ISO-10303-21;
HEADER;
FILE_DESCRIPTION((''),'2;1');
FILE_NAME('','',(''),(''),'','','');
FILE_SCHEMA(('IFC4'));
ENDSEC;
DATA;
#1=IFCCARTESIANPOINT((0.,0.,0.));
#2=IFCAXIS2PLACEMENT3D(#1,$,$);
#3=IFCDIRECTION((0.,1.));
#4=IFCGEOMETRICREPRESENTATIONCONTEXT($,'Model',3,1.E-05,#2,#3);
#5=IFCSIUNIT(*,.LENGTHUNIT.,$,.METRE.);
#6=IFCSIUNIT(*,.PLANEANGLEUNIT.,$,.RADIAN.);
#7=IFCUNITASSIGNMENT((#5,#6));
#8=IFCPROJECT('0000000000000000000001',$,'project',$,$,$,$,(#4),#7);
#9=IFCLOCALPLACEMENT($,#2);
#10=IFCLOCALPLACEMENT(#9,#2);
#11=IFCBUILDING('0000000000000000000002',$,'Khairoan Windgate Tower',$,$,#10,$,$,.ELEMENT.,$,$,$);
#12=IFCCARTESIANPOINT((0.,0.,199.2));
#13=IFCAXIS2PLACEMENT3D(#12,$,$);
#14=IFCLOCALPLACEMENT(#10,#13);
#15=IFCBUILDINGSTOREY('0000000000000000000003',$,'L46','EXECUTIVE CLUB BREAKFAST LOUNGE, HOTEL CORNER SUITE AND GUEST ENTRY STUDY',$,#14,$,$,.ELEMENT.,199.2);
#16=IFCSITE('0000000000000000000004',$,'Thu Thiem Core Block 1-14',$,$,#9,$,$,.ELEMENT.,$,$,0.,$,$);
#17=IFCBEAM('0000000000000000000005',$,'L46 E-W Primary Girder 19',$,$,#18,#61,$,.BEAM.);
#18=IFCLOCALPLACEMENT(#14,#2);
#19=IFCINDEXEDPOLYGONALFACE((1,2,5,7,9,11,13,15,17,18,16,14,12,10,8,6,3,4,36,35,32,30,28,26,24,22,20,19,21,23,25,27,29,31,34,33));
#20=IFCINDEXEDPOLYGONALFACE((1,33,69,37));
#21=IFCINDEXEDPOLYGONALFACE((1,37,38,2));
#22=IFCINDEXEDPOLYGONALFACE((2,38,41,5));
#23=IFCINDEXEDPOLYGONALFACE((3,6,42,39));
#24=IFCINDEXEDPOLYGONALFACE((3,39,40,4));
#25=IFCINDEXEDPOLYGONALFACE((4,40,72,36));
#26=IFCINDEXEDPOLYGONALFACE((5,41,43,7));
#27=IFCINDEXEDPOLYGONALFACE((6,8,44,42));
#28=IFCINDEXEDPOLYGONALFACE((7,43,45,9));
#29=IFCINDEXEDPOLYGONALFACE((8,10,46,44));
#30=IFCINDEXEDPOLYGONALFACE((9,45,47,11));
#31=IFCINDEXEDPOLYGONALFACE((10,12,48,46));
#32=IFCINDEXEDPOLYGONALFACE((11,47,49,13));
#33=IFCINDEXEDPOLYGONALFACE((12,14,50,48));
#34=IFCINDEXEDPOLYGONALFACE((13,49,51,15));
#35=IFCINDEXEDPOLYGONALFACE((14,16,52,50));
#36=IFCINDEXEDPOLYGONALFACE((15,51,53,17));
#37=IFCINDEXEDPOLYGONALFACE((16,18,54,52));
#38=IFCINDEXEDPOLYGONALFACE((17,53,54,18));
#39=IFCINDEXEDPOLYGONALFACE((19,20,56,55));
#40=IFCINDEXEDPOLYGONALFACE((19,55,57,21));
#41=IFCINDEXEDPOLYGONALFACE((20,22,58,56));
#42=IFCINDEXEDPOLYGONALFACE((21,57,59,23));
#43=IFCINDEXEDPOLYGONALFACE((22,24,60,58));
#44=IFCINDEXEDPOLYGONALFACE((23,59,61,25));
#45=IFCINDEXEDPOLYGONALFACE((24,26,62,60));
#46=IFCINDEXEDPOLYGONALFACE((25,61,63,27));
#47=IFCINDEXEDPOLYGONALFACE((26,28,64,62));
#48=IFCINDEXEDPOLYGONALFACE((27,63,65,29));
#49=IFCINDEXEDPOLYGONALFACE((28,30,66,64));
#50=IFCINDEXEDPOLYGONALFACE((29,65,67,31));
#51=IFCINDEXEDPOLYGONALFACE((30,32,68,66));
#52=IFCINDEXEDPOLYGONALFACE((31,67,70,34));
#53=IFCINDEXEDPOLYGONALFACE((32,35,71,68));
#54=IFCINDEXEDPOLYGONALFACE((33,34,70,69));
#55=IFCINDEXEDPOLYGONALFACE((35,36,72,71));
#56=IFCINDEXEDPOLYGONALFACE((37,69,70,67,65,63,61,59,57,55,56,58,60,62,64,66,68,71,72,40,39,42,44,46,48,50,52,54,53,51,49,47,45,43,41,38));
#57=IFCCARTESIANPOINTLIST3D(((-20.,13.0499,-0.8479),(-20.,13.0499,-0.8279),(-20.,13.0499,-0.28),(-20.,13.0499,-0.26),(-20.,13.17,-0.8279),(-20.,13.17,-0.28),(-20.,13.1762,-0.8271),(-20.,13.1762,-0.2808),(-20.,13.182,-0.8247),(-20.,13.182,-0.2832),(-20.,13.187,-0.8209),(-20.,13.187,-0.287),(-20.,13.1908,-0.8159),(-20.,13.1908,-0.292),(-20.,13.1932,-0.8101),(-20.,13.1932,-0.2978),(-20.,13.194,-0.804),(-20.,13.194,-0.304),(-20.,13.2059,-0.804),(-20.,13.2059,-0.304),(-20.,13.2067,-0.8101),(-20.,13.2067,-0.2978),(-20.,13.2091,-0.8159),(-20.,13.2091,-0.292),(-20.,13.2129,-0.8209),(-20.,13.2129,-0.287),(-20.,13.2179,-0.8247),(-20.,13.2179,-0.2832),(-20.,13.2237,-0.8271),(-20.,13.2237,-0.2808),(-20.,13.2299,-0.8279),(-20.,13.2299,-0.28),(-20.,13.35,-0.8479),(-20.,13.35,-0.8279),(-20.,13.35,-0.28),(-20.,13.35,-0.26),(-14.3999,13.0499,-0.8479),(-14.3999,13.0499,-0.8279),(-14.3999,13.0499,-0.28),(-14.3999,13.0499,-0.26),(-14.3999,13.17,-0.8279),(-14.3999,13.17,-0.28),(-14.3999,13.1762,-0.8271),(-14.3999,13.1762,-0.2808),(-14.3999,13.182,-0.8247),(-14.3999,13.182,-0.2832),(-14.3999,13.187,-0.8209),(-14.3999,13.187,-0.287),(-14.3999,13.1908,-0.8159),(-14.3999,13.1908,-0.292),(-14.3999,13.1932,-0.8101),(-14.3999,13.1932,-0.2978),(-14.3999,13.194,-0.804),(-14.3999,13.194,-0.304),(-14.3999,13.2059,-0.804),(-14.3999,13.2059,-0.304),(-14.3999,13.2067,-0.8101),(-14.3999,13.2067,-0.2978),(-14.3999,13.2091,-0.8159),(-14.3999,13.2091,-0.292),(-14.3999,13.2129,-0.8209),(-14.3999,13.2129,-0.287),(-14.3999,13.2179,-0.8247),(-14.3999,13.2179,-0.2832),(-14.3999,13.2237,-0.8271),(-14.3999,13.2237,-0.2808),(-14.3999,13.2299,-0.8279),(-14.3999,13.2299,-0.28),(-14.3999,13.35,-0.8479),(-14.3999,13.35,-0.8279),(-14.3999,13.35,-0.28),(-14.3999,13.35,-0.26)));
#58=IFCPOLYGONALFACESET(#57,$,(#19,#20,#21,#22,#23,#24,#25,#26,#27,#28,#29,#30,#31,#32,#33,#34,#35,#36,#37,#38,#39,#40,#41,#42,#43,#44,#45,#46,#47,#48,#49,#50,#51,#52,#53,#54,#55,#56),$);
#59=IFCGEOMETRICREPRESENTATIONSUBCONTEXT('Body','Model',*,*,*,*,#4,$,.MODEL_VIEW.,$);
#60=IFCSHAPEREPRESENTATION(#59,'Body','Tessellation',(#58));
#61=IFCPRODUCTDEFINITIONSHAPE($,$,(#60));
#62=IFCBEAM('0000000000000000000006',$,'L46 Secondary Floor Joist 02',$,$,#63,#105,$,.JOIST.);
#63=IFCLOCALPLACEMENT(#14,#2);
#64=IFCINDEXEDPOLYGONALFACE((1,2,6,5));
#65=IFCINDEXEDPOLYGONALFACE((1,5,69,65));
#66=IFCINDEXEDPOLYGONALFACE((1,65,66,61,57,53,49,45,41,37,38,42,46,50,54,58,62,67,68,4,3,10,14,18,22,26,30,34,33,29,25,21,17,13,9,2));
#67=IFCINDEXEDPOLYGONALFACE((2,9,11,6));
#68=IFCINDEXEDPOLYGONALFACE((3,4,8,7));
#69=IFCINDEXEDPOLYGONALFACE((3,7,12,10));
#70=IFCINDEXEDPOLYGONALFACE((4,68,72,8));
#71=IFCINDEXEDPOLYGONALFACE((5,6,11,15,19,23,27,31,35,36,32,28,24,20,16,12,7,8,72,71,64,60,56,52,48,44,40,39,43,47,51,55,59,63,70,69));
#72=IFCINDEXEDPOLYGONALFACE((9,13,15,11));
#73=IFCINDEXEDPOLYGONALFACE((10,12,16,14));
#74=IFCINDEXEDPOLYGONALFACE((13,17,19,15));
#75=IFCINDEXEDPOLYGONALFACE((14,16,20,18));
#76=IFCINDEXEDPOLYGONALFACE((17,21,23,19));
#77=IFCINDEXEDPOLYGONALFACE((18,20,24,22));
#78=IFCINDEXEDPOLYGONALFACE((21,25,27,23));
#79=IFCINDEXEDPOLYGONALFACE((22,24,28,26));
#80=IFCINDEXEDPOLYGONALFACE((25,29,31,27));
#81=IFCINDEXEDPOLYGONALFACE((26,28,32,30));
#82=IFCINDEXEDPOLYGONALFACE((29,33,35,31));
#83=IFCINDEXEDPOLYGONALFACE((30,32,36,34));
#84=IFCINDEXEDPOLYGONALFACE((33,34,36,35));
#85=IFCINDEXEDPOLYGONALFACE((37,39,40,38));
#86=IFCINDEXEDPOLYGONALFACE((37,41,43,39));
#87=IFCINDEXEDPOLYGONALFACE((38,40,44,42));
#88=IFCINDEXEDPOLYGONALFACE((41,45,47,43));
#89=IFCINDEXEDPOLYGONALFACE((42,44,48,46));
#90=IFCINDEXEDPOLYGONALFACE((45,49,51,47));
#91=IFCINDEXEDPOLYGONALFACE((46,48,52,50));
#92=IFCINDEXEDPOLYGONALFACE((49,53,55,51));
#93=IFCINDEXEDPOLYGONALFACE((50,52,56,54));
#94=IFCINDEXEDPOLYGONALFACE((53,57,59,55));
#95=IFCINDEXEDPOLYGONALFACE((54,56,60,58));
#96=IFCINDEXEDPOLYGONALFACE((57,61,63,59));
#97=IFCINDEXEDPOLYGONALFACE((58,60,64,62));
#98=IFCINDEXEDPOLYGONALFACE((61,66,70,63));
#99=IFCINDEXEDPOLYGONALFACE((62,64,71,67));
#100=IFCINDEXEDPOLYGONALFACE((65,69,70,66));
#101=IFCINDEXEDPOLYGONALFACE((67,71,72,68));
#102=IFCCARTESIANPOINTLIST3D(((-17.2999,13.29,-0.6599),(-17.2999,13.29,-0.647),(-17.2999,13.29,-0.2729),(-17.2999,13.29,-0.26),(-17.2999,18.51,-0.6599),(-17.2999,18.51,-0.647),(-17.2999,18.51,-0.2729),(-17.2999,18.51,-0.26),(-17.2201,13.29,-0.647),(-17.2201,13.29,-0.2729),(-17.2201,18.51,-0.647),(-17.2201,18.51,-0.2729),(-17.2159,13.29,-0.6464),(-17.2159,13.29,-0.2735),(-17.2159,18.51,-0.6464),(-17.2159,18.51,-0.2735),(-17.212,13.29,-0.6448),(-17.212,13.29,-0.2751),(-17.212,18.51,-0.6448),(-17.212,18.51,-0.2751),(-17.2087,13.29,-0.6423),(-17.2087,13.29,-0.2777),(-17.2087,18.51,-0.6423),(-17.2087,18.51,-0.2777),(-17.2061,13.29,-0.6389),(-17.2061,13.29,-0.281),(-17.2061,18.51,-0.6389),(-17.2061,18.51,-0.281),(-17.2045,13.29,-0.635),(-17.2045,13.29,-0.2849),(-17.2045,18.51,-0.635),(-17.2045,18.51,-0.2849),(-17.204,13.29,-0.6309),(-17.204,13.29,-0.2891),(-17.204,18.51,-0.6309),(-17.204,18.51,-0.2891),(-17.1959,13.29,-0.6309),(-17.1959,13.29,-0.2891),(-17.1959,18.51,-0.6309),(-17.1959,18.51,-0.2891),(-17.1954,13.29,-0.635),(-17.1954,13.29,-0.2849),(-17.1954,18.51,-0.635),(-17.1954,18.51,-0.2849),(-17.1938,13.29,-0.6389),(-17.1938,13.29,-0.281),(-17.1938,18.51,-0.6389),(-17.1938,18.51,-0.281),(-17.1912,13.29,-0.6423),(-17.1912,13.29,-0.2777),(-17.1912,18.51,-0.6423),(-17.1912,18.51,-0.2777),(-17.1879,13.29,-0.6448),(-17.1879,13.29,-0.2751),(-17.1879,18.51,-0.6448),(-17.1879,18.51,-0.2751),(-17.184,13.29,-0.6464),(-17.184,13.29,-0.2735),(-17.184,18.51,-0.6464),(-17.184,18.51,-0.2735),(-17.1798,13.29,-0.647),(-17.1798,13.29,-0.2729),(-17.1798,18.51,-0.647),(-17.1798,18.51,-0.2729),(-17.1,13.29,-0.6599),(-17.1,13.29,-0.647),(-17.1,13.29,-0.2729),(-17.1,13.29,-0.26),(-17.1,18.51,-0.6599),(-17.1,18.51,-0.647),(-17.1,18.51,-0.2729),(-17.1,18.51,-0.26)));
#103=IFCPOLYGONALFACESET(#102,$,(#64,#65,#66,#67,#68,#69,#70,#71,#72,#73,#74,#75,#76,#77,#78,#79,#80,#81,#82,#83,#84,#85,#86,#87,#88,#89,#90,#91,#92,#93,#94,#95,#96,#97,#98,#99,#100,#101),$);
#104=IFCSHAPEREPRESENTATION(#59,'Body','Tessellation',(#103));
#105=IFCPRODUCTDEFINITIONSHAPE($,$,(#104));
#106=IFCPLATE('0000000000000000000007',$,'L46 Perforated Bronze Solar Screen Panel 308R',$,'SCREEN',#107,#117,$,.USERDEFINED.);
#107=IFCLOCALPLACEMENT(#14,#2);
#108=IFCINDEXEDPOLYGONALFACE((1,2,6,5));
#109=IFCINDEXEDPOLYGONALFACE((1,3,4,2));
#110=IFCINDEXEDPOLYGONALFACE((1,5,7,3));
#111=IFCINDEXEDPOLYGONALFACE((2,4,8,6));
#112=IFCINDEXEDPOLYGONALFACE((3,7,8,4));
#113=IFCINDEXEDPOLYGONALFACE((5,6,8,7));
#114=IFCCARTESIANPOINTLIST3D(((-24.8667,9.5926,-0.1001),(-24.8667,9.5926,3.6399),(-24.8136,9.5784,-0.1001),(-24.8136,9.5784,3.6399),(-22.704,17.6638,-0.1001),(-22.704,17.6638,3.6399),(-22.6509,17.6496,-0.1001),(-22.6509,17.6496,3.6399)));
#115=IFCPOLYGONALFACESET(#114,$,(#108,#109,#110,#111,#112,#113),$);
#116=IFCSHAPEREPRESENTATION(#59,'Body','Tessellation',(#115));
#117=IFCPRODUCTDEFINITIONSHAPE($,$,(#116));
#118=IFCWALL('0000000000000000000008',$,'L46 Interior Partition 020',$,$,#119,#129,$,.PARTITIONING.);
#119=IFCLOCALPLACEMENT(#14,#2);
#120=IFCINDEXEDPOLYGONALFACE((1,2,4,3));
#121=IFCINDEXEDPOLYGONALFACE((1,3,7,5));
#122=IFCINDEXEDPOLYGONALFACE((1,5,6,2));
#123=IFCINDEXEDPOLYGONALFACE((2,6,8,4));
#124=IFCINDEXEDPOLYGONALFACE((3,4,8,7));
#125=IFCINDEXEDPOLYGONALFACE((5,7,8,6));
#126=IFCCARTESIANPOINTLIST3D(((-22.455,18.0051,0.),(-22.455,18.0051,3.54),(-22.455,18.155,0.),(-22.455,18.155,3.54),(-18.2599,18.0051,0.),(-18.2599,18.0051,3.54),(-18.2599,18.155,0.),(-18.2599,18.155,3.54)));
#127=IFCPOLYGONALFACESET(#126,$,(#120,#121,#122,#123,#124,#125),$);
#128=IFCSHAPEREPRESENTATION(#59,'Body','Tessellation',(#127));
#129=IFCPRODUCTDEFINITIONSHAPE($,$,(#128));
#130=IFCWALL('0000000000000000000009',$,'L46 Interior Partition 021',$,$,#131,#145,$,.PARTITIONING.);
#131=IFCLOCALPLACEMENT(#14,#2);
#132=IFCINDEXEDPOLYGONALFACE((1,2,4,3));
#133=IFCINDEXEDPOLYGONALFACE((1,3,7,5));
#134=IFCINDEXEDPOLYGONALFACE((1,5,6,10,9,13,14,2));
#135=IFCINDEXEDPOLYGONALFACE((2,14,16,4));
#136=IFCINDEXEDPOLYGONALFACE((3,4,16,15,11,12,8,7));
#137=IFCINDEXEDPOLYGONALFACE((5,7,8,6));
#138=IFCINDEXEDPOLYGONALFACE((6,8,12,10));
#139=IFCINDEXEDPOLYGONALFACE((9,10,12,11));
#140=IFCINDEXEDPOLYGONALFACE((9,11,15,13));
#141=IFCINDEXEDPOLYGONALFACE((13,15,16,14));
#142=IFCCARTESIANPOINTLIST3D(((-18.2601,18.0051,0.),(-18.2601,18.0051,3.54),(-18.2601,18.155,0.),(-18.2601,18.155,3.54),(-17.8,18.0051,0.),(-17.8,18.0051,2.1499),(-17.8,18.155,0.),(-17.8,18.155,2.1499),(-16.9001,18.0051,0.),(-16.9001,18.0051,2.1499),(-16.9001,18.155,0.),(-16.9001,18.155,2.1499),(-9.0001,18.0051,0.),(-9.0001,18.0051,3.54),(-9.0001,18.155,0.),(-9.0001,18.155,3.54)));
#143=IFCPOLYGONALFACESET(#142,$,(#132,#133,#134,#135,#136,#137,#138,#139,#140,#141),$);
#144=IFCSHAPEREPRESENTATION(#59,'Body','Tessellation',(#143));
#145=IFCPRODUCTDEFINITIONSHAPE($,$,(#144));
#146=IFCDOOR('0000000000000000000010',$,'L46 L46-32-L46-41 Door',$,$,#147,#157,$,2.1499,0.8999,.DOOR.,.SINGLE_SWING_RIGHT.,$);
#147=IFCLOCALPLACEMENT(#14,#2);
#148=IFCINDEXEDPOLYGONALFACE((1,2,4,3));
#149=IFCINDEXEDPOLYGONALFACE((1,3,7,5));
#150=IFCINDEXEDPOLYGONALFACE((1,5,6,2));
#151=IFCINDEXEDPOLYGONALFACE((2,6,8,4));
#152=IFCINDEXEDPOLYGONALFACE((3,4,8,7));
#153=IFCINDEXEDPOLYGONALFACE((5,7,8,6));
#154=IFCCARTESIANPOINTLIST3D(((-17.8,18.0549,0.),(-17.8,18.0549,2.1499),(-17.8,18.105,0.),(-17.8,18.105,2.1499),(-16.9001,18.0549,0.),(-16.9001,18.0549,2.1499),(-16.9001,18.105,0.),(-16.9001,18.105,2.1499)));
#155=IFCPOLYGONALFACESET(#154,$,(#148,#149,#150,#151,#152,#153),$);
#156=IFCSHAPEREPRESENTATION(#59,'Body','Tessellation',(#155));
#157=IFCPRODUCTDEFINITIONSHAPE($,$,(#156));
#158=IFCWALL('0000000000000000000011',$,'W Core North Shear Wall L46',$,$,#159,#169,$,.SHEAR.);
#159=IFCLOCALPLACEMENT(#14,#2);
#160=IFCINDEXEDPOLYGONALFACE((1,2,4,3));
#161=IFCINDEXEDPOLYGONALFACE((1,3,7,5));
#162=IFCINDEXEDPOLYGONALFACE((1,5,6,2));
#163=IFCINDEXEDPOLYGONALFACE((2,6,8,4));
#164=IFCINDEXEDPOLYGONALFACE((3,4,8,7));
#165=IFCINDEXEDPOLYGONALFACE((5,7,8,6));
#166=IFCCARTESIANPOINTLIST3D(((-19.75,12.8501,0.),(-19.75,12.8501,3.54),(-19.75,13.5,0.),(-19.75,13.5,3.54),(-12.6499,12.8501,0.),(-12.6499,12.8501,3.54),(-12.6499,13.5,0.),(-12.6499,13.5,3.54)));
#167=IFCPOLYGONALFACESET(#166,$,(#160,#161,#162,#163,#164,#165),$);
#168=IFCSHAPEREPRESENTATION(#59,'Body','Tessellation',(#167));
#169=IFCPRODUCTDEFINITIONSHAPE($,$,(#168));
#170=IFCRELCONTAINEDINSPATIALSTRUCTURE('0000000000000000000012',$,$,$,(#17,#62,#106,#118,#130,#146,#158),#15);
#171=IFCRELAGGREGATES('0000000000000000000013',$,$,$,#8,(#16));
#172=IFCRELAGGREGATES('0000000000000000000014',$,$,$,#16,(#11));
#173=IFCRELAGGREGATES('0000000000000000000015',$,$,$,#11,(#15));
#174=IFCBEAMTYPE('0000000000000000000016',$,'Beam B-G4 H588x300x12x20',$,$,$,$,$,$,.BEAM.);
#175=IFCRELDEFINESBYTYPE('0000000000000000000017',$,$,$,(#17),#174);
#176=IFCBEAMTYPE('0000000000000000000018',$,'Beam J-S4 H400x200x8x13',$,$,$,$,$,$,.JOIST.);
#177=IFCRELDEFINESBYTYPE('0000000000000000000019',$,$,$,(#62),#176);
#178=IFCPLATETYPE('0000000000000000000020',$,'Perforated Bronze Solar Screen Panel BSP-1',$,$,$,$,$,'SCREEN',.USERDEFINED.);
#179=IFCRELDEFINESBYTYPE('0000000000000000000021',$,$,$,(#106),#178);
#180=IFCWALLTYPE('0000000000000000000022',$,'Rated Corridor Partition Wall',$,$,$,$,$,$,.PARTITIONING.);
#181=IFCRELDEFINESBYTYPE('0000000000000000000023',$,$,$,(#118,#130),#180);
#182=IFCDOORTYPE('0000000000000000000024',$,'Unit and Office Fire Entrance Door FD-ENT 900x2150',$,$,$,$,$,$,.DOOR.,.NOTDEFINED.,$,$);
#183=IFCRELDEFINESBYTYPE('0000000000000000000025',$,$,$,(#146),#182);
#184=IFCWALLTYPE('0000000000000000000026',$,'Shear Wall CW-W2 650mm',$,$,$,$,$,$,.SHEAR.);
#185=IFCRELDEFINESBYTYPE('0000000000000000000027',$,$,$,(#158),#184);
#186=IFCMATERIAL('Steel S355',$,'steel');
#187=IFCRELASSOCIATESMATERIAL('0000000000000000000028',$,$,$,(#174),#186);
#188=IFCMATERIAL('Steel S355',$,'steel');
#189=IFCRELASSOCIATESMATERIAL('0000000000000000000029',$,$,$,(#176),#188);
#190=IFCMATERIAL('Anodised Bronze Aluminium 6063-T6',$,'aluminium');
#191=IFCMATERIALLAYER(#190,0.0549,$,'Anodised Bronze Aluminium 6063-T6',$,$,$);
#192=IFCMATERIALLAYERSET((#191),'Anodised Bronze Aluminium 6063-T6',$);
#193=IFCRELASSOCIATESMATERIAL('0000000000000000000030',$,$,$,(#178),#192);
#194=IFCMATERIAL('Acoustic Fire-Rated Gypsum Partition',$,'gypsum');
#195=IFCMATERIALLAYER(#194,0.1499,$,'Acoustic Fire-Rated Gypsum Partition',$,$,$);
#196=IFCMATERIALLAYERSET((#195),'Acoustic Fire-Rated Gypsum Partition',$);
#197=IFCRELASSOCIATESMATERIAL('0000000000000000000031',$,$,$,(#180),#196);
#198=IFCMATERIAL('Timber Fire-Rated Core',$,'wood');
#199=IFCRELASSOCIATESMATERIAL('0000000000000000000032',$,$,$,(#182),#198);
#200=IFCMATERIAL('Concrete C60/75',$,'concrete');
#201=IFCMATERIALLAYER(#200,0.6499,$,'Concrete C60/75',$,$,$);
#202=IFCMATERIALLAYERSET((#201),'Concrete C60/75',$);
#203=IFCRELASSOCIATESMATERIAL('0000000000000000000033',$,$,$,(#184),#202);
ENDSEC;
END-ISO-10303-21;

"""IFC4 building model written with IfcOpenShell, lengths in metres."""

from ifc_helpers import new_model, si_unit, direction, frame, frame_2d, origin, origin_2d, place, context, subcontext, project, spatial, rectangle, i_section, extrude, material, layer, layer_set, material_profile, profile_set, type_object, element, fill, save


model = new_model("IFC4")

# Units and contexts
model_context = context("Model", 3, precision=1e-05, world=origin(), true_north=direction((0.0, 1.0)))
body_context = subcontext(model_context, "Body", "Model", "MODEL_VIEW")
ifc_project = project(units=[si_unit("LENGTHUNIT", "METRE"), si_unit("PLANEANGLEUNIT", "RADIAN")], contexts=[model_context])

# Site, building, storey
site_placement = place(None, origin())
site = spatial("IfcSite", under=ifc_project, at=site_placement, Name="Thu Thiem Core Block 1-14", CompositionType="ELEMENT", RefElevation=0.0)
building_placement = place(site_placement, origin())
building = spatial("IfcBuilding", under=site, at=building_placement, Name="Khairoan Windgate Tower", CompositionType="ELEMENT")
storey_placement = place(building_placement, frame((0.0, 0.0, 199.2)))
storey = spatial("IfcBuildingStorey", under=building, at=storey_placement, Name="L46", Description="EXECUTIVE CLUB BREAKFAST LOUNGE, HOTEL CORNER SUITE AND GUEST ENTRY STUDY", CompositionType="ELEMENT", Elevation=199.2)

# Beams
ifc_material_1 = material(Name="Steel S355", Category="steel")
ifc_material_profile_1 = material_profile(ifc_material_1, i_section(OverallWidth=0.3, OverallDepth=0.5879, WebThickness=0.012, FlangeThickness=0.02, FilletRadius=0.0239, at=origin_2d()))
ifc_profile_set_1 = profile_set([ifc_material_profile_1], Name="Steel S355")
beam_type_1 = type_object("IfcBeamType", Name="Beam B-G4 H588x300x12x20", PredefinedType="BEAM", material=ifc_profile_set_1)
beam_1_placement = place(storey_placement, frame((-20.0, 13.2, -0.554), z_axis=(1.0, 0.0, 0.0), x_axis=(0.0, 1.0, 0.0)))
element("IfcBeam", 1, at=beam_1_placement, inside=storey, type_object=beam_type_1, Name="L46 E-W Primary Girder 19", PredefinedType="BEAM", context=body_context, shape_type="SweptSolid", body=[
    extrude(i_section(OverallWidth=0.3, OverallDepth=0.5879, WebThickness=0.012, FlangeThickness=0.02, FilletRadius=0.0239, at=origin_2d()), origin(), (0.0, 0.0, 1.0), 5.6001),
])
ifc_material_2 = material(Name="Steel S355", Category="steel")
ifc_material_profile_2 = material_profile(ifc_material_2, i_section(OverallWidth=0.2, OverallDepth=0.3999, WebThickness=0.0081, FlangeThickness=0.0129, FilletRadius=0.0161, at=origin_2d()))
ifc_profile_set_2 = profile_set([ifc_material_profile_2], Name="Steel S355")
beam_type_2 = type_object("IfcBeamType", Name="Beam J-S4 H400x200x8x13", PredefinedType="JOIST", material=ifc_profile_set_2)
beam_2_placement = place(storey_placement, frame((-17.2, 13.29, -0.46), z_axis=(0.0, 1.0, 0.0), x_axis=(-1.0, 0.0, 0.0)))
element("IfcBeam", 2, at=beam_2_placement, inside=storey, type_object=beam_type_2, Name="L46 Secondary Floor Joist 02", PredefinedType="JOIST", context=body_context, shape_type="SweptSolid", body=[
    extrude(i_section(OverallWidth=0.2, OverallDepth=0.3999, WebThickness=0.0081, FlangeThickness=0.0129, FilletRadius=0.0161, at=origin_2d()), origin(), (0.0, 0.0, 1.0), 5.22),
])

# Plate
ifc_material_3 = material(Name="Anodised Bronze Aluminium 6063-T6", Category="aluminium")
ifc_layer_1 = layer(ifc_material_3, 0.0549, Name="Anodised Bronze Aluminium 6063-T6")
ifc_layer_set_1 = layer_set([ifc_layer_1], Name="Anodised Bronze Aluminium 6063-T6")
plate_type = type_object("IfcPlateType", Name="Perforated Bronze Solar Screen Panel BSP-1", ElementType="SCREEN", PredefinedType="USERDEFINED", material=ifc_layer_set_1)
plate_placement = place(storey_placement, frame((-23.7588, 13.6211, -0.1001), z_axis=(0.0, 0.0, 1.0), x_axis=(0.258819, 0.965926, 0.0)))
element("IfcPlate", 3, at=plate_placement, inside=storey, type_object=plate_type, Name="L46 Perforated Bronze Solar Screen Panel 308R", ObjectType="SCREEN", PredefinedType="USERDEFINED", context=body_context, shape_type="SweptSolid", body=[
    extrude(rectangle(XDim=8.356, YDim=0.0549, at=origin_2d()), origin(), (0.0, 0.0, 1.0), 3.74),
])

# Wall
ifc_material_4 = material(Name="Acoustic Fire-Rated Gypsum Partition", Category="gypsum")
ifc_layer_2 = layer(ifc_material_4, 0.1499, Name="Acoustic Fire-Rated Gypsum Partition")
ifc_layer_set_2 = layer_set([ifc_layer_2], Name="Acoustic Fire-Rated Gypsum Partition")
wall_type_1 = type_object("IfcWallType", Name="Rated Corridor Partition Wall", PredefinedType="PARTITIONING", material=ifc_layer_set_2)
wall_1_placement = place(storey_placement, frame((-22.4551, 18.0801, 0.0), z_axis=(0.0, 0.0, 1.0), x_axis=(1.0, 0.0, 0.0)))
element("IfcWall", 4, at=wall_1_placement, inside=storey, type_object=wall_type_1, Name="L46 Interior Partition 020", PredefinedType="PARTITIONING", context=body_context, shape_type="SweptSolid", body=[
    extrude(rectangle(XDim=4.1951, YDim=0.1499, at=frame_2d((2.0977, 0.0))), origin(), (0.0, 0.0, 1.0), 3.54),
])

# Wall, opening, door
wall_2_placement = place(storey_placement, frame((-18.26, 18.0801, 0.0), z_axis=(0.0, 0.0, 1.0), x_axis=(1.0, 0.0, 0.0)))
wall_2 = element("IfcWall", 5, at=wall_2_placement, inside=storey, type_object=wall_type_1, Name="L46 Interior Partition 021", PredefinedType="PARTITIONING", context=body_context, shape_type="SweptSolid", body=[
    extrude(rectangle(XDim=9.26, YDim=0.1499, at=frame_2d((4.6299, 0.0))), origin(), (0.0, 0.0, 1.0), 3.54),
])
opening_1_placement = place(wall_2_placement, frame((0.46, 0.0, 0.0)))
opening_1 = element("IfcOpeningElement", 6, at=opening_1_placement, cuts=wall_2, PredefinedType="OPENING", context=body_context, shape_type="SweptSolid", body=[
    extrude(rectangle(XDim=0.8999, YDim=2.1499, at=frame_2d((0.45, 1.075))), frame((0.0, 0.085, 0.0), z_axis=(0.0, -1.0, 0.0), x_axis=(1.0, 0.0, 0.0)), (0.0, 0.0, 1.0), 0.1699),
])
ifc_material_5 = material(Name="Timber Fire-Rated Core", Category="wood")
door_type = type_object("IfcDoorType", Name="Unit and Office Fire Entrance Door FD-ENT 900x2150", OperationType="NOTDEFINED", PredefinedType="DOOR", material=ifc_material_5)
door_1_placement = place(opening_1_placement, origin())
door_1 = element("IfcDoor", 7, at=door_1_placement, inside=storey, type_object=door_type, Name="L46 L46-32-L46-41 Door", OperationType="SINGLE_SWING_RIGHT", OverallHeight=2.1499, OverallWidth=0.8999, PredefinedType="DOOR", context=body_context, shape_type="SweptSolid", body=[
    extrude(rectangle(XDim=0.8999, YDim=2.1499, at=frame_2d((0.45, 1.075))), frame((0.0, 0.0249, 0.0), z_axis=(0.0, -1.0, 0.0), x_axis=(1.0, 0.0, 0.0)), (0.0, 0.0, 1.0), 0.05),
])
fill(opening_1, door_1)

# Wall
ifc_material_6 = material(Name="Concrete C60/75", Category="concrete")
ifc_layer_3 = layer(ifc_material_6, 0.6499, Name="Concrete C60/75")
ifc_layer_set_3 = layer_set([ifc_layer_3], Name="Concrete C60/75")
wall_type_2 = type_object("IfcWallType", Name="Shear Wall CW-W2 650mm", PredefinedType="SHEAR", material=ifc_layer_set_3)
wall_3_placement = place(storey_placement, frame((-19.75, 13.175, 0.0), z_axis=(0.0, 0.0, 1.0), x_axis=(1.0, 0.0, 0.0)))
element("IfcWall", 8, at=wall_3_placement, inside=storey, type_object=wall_type_2, Name="W Core North Shear Wall L46", PredefinedType="SHEAR", context=body_context, shape_type="SweptSolid", body=[
    extrude(rectangle(XDim=7.1001, YDim=0.6499, at=frame_2d((3.55, 0.0))), origin(), (0.0, 0.0, 1.0), 3.54),
])

save(model, "model.ifc")
